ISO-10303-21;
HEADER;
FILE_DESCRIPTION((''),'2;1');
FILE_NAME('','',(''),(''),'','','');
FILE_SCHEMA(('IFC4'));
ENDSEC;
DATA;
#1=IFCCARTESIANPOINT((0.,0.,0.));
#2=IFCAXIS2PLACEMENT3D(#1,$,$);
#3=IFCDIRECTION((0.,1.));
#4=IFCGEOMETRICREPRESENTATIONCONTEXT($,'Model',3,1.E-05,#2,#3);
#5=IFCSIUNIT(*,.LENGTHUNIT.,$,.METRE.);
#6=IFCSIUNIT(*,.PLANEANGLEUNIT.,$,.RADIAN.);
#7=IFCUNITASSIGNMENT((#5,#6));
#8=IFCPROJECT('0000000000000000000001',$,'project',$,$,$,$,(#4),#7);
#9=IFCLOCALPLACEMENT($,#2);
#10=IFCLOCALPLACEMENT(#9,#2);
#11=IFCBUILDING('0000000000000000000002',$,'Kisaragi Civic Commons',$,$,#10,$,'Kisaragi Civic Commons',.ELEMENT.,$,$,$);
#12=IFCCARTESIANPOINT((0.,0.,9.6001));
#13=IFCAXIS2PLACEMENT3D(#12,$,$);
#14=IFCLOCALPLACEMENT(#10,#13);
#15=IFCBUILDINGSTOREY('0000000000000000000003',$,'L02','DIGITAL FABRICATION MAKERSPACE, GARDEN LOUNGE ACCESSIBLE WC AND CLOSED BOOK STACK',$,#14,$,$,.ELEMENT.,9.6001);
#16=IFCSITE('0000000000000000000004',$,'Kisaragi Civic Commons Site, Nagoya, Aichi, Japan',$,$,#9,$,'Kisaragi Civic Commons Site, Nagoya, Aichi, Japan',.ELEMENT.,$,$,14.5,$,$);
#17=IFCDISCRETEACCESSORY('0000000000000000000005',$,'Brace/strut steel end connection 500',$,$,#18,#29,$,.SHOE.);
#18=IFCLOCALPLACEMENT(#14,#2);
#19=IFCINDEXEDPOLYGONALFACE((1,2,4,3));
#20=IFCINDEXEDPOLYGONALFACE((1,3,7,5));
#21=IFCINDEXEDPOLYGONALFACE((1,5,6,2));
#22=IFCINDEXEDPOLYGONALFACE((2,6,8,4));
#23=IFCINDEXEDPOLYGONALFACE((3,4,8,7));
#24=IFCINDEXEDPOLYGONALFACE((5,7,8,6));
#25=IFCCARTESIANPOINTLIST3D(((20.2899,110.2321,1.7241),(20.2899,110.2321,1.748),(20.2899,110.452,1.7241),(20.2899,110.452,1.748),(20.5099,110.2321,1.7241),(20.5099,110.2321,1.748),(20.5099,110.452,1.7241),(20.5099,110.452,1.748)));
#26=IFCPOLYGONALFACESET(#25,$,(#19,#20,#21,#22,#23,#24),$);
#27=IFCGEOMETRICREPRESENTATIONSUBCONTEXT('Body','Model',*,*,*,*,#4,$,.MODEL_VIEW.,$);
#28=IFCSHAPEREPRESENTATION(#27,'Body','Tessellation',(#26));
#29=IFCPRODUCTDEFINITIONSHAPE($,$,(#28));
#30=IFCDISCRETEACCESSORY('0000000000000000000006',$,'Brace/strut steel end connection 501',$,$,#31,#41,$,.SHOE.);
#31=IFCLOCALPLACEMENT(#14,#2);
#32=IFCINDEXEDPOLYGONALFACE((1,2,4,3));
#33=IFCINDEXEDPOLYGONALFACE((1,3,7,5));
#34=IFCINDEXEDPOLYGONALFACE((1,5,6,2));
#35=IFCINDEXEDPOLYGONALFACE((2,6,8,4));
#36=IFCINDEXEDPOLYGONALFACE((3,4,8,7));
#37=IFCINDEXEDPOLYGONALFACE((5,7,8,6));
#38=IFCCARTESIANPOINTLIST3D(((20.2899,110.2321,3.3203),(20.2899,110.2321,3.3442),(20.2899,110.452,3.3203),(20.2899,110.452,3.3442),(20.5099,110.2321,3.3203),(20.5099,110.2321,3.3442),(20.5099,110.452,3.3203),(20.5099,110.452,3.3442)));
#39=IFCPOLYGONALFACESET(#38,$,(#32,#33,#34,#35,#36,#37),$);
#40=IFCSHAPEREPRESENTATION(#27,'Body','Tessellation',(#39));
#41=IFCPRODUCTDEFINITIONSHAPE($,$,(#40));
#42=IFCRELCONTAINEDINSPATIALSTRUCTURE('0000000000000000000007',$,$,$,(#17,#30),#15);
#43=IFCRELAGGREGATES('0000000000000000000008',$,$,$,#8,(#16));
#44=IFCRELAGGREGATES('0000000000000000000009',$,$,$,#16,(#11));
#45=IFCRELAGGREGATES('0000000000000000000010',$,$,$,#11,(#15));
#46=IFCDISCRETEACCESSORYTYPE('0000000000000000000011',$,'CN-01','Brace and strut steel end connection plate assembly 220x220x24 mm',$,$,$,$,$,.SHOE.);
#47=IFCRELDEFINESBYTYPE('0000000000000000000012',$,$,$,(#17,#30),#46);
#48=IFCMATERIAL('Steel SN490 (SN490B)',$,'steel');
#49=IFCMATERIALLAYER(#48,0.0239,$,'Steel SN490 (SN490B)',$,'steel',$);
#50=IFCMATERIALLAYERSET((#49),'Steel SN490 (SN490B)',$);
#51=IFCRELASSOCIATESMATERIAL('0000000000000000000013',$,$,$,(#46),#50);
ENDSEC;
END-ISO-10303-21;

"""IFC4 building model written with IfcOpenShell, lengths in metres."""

from ifc_helpers import new_model, si_unit, direction, frame, origin, origin_2d, place, context, subcontext, project, spatial, rectangle, extrude, material, layer, layer_set, type_object, element, save


model = new_model("IFC4")

# Units and contexts
model_context = context("Model", 3, precision=1e-05, world=origin(), true_north=direction((0.0, 1.0)))
body_context = subcontext(model_context, "Body", "Model", "MODEL_VIEW")
ifc_project = project(units=[si_unit("LENGTHUNIT", "METRE"), si_unit("PLANEANGLEUNIT", "RADIAN")], contexts=[model_context])

# Site, building, storey
site_placement = place(None, origin())
site = spatial("IfcSite", under=ifc_project, at=site_placement, Name="Kisaragi Civic Commons Site, Nagoya, Aichi, Japan", LongName="Kisaragi Civic Commons Site, Nagoya, Aichi, Japan", CompositionType="ELEMENT", RefElevation=14.5)
building_placement = place(site_placement, origin())
building = spatial("IfcBuilding", under=site, at=building_placement, Name="Kisaragi Civic Commons", LongName="Kisaragi Civic Commons", CompositionType="ELEMENT")
storey_placement = place(building_placement, frame((0.0, 0.0, 9.6001)))
storey = spatial("IfcBuildingStorey", under=building, at=storey_placement, Name="L02", Description="DIGITAL FABRICATION MAKERSPACE, GARDEN LOUNGE ACCESSIBLE WC AND CLOSED BOOK STACK", CompositionType="ELEMENT", Elevation=9.6001)

# Shared definitions
ifc_material_1 = material(Name="Steel SN490 (SN490B)", Category="steel")

# Discrete accessories
ifc_layer_1 = layer(ifc_material_1, 0.0239, Name="Steel SN490 (SN490B)", Category="steel")
ifc_layer_set_1 = layer_set([ifc_layer_1], Name="Steel SN490 (SN490B)")
discrete_accessory_type = type_object("IfcDiscreteAccessoryType", Name="CN-01", Description="Brace and strut steel end connection plate assembly 220x220x24 mm", PredefinedType="SHOE", material=ifc_layer_set_1)
for number, where, z_axis, x_axis, name in (
    (1, (20.3999, 110.342, 1.7241), (0.0, 0.0, 1.0), (1.0, 0.0, 0.0), "Brace/strut steel end connection 500"),
    (2, (20.3999, 110.342, 3.3203), (0.0, 0.0, 1.0), (1.0, 0.0, 0.0), "Brace/strut steel end connection 501"),
):
    element("IfcDiscreteAccessory", number, at=place(storey_placement, frame(where, z_axis=z_axis, x_axis=x_axis)), inside=storey, type_object=discrete_accessory_type, Name=name, PredefinedType="SHOE", context=body_context, shape_type="SweptSolid", body=[
        extrude(rectangle(XDim=0.22, YDim=0.22, at=origin_2d()), origin(), (0.0, 0.0, 1.0), 0.0239),
    ])

save(model, "model.ifc")
